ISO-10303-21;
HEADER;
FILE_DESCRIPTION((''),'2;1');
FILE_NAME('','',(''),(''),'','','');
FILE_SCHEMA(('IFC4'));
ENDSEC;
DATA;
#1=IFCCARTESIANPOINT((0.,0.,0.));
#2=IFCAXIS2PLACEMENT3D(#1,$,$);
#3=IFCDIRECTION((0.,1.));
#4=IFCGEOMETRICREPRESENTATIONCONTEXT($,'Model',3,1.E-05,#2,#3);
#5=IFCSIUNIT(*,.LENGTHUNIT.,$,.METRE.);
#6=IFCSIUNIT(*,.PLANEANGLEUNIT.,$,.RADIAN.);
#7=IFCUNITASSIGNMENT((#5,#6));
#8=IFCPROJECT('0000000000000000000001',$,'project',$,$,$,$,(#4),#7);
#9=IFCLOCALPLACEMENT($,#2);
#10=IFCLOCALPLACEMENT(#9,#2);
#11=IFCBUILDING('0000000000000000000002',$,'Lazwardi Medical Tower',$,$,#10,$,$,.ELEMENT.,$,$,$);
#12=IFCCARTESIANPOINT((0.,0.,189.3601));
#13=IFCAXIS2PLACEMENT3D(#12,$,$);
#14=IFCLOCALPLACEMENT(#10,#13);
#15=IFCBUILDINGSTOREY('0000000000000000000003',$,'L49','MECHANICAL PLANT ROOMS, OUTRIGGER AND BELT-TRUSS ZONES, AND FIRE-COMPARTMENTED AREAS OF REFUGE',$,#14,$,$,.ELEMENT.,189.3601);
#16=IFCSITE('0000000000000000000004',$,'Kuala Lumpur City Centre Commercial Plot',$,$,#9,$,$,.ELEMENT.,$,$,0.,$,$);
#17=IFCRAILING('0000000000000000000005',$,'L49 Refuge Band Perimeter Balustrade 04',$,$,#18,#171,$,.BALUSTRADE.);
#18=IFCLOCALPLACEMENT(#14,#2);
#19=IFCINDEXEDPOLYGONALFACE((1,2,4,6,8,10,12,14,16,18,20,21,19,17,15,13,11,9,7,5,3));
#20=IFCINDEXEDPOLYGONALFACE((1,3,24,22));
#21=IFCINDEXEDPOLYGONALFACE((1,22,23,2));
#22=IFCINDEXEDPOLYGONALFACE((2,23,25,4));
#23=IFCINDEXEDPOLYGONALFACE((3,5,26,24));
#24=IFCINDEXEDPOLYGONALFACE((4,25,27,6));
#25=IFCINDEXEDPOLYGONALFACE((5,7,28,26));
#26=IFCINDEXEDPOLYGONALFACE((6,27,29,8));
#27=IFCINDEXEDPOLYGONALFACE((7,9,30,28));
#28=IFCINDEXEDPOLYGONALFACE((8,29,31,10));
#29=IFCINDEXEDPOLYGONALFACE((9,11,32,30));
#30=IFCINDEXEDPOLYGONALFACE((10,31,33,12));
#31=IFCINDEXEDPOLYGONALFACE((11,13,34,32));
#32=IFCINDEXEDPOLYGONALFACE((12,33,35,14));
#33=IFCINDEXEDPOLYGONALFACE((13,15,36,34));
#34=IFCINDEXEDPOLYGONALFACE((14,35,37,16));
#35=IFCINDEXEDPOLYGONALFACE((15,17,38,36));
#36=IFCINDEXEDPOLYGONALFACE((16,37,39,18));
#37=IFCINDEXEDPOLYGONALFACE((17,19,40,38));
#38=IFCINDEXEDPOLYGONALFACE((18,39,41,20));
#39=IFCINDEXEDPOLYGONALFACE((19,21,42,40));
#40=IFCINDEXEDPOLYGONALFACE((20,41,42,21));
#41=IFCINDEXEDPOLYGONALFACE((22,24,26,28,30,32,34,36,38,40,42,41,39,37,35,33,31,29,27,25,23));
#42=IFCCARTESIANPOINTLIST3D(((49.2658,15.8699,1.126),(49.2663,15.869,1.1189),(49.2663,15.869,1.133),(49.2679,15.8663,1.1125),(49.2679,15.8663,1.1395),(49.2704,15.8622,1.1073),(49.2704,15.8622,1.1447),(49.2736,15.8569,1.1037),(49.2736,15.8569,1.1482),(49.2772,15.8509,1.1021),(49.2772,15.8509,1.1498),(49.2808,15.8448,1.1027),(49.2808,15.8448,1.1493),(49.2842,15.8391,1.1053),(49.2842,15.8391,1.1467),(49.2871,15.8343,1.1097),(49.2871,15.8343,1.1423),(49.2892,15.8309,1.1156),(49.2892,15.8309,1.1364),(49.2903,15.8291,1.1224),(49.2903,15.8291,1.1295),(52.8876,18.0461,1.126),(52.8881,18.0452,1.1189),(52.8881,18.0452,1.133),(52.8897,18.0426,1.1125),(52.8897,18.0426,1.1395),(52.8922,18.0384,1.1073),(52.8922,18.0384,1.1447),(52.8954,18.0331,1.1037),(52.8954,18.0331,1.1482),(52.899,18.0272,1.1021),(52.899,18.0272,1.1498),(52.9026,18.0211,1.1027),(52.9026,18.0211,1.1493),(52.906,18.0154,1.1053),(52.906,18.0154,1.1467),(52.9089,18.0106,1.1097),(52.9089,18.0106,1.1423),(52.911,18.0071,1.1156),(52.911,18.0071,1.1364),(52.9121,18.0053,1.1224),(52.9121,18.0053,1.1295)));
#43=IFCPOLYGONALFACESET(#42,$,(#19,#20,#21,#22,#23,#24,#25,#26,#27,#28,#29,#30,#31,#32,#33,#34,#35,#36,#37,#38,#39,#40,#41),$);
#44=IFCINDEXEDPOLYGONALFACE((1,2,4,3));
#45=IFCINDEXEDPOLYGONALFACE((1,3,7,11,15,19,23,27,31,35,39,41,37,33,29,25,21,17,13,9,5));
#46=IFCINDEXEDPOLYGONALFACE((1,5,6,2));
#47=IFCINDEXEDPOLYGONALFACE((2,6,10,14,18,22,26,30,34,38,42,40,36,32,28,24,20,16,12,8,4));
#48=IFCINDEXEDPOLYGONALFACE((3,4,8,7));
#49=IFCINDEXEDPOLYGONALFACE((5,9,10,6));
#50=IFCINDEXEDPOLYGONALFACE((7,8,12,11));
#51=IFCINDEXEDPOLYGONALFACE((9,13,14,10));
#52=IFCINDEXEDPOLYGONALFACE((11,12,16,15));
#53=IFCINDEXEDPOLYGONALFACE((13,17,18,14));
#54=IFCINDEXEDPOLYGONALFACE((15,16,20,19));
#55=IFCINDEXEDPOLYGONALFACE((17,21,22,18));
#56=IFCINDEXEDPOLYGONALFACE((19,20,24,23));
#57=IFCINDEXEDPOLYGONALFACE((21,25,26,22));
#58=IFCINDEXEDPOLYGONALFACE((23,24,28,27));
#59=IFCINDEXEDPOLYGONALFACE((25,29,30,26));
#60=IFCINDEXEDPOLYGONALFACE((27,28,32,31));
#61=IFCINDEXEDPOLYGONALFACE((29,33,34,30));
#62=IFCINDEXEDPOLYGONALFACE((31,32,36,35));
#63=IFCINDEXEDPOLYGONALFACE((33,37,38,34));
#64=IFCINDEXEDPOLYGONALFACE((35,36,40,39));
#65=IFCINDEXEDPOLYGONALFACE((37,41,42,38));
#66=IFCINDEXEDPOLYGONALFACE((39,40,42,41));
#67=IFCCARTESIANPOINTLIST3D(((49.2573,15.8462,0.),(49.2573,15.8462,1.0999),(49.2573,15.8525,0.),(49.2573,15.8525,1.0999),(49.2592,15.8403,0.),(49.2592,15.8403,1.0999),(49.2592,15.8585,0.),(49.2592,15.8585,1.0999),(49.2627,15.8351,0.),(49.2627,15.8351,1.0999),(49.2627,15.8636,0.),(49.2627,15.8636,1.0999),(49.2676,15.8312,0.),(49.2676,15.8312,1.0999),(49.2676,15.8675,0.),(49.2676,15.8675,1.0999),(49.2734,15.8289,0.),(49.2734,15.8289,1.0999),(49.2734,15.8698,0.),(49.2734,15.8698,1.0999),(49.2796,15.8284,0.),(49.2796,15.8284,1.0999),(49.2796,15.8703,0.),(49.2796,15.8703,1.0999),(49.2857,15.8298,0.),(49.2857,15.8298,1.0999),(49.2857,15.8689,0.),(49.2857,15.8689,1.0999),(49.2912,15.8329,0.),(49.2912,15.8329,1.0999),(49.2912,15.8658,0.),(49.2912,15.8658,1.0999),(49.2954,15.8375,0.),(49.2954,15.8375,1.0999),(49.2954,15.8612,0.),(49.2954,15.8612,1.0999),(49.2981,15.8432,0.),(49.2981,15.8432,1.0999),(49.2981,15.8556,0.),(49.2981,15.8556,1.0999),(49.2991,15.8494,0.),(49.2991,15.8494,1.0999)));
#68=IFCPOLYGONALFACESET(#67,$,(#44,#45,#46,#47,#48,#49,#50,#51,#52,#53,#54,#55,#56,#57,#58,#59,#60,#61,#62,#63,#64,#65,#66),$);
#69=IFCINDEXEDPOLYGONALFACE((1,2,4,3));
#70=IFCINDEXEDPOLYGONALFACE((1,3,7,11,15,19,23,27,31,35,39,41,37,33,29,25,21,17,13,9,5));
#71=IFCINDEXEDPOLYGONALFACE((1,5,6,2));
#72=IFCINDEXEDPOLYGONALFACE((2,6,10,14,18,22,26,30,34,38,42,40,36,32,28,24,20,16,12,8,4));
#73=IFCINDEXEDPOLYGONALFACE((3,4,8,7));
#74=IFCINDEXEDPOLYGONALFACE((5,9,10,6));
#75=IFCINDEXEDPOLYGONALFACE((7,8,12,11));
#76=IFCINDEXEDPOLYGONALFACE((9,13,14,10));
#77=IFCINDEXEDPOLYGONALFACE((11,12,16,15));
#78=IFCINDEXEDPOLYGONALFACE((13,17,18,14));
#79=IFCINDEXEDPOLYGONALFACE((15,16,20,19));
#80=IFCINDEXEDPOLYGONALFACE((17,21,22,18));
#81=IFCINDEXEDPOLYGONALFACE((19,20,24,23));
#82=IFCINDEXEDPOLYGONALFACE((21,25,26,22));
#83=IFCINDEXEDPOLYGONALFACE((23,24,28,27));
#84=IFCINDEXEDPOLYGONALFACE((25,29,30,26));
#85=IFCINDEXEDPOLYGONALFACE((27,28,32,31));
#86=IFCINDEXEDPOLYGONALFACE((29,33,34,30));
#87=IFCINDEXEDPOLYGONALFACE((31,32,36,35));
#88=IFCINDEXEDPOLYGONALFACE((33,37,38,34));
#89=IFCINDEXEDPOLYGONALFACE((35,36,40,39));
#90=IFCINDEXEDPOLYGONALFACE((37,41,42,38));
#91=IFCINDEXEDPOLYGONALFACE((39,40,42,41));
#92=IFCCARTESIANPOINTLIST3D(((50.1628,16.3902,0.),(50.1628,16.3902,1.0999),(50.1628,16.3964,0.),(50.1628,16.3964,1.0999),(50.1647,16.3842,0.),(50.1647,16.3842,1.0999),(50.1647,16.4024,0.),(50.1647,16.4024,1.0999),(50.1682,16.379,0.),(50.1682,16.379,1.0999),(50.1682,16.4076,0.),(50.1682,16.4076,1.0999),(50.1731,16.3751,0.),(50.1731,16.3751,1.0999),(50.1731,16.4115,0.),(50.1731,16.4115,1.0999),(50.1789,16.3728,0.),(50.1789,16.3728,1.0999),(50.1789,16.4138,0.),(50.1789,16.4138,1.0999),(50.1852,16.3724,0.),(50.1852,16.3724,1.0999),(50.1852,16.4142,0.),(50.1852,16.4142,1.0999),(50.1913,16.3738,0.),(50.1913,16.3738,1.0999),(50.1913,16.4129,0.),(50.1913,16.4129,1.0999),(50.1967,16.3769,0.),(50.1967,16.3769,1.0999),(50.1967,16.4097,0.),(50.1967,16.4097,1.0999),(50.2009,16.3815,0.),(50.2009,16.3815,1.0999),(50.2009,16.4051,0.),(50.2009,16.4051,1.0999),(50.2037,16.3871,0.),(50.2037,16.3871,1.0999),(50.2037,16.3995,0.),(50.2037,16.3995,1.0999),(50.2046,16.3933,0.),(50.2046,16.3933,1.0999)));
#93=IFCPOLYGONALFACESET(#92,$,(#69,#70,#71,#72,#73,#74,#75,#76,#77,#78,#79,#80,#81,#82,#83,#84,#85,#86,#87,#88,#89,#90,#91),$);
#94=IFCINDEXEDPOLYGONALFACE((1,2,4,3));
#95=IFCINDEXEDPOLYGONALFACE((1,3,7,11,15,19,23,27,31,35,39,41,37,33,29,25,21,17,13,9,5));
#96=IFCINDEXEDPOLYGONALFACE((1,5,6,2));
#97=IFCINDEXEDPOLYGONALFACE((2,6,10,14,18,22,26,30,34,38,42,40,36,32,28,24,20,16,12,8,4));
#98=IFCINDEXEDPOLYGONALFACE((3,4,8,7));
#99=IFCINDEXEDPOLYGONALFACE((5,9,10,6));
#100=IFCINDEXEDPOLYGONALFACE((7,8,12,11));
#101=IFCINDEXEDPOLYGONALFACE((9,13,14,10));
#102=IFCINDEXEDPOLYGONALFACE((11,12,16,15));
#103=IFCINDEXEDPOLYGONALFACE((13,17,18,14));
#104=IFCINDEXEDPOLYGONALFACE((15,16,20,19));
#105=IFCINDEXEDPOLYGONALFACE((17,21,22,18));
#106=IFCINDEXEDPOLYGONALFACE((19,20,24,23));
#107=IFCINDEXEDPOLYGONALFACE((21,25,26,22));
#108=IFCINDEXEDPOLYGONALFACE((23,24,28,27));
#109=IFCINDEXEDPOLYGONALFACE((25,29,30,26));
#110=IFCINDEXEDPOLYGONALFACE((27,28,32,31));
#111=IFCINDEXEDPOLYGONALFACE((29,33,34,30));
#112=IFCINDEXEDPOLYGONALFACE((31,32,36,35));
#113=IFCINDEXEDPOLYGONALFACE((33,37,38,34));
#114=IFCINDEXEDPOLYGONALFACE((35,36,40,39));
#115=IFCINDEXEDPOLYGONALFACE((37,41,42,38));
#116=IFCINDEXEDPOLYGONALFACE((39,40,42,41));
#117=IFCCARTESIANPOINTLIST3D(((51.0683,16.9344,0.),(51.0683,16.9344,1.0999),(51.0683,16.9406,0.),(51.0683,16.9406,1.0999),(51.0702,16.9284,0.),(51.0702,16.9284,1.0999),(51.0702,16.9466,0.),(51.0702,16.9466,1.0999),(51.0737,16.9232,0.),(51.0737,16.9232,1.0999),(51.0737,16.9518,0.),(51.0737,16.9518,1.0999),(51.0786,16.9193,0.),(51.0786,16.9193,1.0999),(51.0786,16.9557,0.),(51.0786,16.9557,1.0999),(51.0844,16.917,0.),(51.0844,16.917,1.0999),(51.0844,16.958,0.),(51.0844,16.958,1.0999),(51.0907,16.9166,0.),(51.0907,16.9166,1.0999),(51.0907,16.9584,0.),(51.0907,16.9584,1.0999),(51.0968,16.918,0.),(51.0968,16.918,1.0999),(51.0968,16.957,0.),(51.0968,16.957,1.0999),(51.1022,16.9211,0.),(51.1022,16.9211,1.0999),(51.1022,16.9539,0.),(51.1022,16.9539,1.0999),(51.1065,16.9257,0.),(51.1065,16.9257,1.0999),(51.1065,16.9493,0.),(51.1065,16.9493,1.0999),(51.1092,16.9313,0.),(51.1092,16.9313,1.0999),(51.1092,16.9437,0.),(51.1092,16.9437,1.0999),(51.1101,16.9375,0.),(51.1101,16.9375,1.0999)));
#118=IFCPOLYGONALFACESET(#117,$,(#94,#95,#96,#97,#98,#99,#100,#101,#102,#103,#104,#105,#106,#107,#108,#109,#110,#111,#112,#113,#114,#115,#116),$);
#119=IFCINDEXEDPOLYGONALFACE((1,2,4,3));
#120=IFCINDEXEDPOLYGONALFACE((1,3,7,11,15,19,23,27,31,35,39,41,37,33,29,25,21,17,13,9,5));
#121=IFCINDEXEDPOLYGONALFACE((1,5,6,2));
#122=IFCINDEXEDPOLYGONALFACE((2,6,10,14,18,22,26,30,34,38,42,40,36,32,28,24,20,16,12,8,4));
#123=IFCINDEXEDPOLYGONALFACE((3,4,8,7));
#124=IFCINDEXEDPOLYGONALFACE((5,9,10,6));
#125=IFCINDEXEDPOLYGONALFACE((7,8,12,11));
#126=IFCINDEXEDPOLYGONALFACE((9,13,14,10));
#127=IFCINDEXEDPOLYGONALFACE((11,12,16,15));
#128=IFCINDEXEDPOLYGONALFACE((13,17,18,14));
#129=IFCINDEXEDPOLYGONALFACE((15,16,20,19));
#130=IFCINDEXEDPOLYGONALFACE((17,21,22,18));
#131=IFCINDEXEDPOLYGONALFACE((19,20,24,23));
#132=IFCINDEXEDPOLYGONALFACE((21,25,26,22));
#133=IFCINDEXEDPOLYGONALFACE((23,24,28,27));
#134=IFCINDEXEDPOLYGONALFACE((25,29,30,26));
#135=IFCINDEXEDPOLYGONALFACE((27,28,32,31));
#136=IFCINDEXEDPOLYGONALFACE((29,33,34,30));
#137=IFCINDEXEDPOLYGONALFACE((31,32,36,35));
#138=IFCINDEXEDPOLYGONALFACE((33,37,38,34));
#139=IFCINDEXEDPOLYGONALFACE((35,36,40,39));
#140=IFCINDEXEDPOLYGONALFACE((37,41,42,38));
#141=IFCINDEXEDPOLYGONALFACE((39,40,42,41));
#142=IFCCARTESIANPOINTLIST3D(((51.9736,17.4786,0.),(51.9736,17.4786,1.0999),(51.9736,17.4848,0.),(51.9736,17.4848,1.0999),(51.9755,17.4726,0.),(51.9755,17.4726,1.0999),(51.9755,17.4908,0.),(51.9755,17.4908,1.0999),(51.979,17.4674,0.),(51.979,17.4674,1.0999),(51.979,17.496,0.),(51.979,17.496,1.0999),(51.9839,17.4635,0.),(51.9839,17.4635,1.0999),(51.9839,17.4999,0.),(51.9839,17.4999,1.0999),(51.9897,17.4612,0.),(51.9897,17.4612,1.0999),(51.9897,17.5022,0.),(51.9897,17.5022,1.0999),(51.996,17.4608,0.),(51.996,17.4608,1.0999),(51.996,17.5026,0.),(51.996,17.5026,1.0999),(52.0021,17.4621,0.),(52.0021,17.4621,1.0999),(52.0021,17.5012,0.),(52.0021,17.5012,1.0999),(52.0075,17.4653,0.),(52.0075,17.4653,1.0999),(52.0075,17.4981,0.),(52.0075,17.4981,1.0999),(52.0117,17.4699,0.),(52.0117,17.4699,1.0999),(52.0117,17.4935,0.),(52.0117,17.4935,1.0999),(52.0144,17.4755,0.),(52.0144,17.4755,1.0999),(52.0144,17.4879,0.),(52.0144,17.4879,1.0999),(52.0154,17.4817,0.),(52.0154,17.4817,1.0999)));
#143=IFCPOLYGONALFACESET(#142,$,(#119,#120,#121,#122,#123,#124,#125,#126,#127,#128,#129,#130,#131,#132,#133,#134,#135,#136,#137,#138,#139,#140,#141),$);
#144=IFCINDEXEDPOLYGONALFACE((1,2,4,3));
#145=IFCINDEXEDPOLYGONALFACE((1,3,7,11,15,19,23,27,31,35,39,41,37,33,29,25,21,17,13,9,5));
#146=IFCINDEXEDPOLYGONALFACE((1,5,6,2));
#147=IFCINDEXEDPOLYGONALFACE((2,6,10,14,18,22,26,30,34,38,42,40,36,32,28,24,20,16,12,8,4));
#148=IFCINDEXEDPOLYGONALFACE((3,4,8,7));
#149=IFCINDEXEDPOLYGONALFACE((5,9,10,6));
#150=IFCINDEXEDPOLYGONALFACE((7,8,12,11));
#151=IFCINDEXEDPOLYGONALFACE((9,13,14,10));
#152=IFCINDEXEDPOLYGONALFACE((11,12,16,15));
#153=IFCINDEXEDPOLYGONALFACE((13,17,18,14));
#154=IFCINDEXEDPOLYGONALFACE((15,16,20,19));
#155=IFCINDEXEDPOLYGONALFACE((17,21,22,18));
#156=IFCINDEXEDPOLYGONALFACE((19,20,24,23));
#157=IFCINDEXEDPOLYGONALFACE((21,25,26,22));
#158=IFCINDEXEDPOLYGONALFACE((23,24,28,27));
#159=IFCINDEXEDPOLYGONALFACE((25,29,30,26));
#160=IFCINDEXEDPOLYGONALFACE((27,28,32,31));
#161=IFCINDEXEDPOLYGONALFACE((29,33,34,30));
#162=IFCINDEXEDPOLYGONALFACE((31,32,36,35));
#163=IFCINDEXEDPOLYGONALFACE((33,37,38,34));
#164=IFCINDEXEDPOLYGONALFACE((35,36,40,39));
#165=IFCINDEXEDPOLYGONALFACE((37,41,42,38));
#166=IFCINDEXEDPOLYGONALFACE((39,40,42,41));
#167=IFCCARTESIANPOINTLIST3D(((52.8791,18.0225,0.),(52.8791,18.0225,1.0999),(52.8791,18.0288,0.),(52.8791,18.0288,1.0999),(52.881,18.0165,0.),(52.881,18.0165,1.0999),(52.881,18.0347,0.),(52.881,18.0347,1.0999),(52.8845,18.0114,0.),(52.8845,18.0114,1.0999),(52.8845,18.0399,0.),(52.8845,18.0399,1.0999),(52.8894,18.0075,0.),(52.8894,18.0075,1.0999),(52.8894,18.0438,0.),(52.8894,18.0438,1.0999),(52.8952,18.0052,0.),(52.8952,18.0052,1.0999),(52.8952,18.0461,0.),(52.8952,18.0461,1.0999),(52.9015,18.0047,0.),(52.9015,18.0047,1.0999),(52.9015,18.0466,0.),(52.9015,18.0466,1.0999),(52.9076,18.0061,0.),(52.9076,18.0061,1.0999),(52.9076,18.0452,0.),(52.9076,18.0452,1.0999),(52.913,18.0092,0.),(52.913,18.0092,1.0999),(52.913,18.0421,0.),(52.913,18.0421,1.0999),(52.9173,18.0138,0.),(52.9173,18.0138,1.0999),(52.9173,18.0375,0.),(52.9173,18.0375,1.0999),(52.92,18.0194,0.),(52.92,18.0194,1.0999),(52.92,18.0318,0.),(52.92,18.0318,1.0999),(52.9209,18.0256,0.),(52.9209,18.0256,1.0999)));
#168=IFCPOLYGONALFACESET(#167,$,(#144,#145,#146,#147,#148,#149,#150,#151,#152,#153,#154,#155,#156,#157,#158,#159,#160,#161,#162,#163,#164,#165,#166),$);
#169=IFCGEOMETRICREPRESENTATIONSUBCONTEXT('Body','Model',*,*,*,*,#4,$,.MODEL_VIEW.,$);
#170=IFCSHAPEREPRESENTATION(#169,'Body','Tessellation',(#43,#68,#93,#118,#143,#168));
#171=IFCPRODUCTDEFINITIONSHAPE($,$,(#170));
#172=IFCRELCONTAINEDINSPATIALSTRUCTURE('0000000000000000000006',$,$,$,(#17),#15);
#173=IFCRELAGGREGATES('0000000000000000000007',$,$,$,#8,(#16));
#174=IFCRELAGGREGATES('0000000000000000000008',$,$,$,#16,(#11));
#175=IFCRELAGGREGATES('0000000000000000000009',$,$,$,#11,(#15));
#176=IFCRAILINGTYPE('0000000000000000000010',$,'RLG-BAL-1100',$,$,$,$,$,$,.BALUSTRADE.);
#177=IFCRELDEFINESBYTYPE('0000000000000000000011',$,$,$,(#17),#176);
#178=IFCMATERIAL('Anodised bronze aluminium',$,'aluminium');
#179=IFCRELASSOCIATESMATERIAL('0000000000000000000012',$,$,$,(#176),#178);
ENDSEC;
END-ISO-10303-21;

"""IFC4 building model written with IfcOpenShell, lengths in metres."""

from ifc_helpers import new_model, si_unit, direction, frame, origin, origin_2d, place, context, subcontext, project, spatial, circle, extrude, material, type_object, element, save


model = new_model("IFC4")

# Units and contexts
model_context = context("Model", 3, precision=1e-05, world=origin(), true_north=direction((0.0, 1.0)))
body_context = subcontext(model_context, "Body", "Model", "MODEL_VIEW")
ifc_project = project(units=[si_unit("LENGTHUNIT", "METRE"), si_unit("PLANEANGLEUNIT", "RADIAN")], contexts=[model_context])

# Site, building, storey
site_placement = place(None, origin())
site = spatial("IfcSite", under=ifc_project, at=site_placement, Name="Kuala Lumpur City Centre Commercial Plot", CompositionType="ELEMENT", RefElevation=0.0)
building_placement = place(site_placement, origin())
building = spatial("IfcBuilding", under=site, at=building_placement, Name="Lazwardi Medical Tower", CompositionType="ELEMENT")
storey_placement = place(building_placement, frame((0.0, 0.0, 189.3601)))
storey = spatial("IfcBuildingStorey", under=building, at=storey_placement, Name="L49", Description="MECHANICAL PLANT ROOMS, OUTRIGGER AND BELT-TRUSS ZONES, AND FIRE-COMPARTMENTED AREAS OF REFUGE", CompositionType="ELEMENT", Elevation=189.3601)

# Railing
ifc_material_1 = material(Name="Anodised bronze aluminium", Category="aluminium")
railing_type = type_object("IfcRailingType", Name="RLG-BAL-1100", PredefinedType="BALUSTRADE", material=ifc_material_1)
railing_1_placement = place(storey_placement, frame((49.2781, 15.8494, 0.0)))
element("IfcRailing", 1, at=railing_1_placement, inside=storey, type_object=railing_type, Name="L49 Refuge Band Perimeter Balustrade 04", PredefinedType="BALUSTRADE", context=body_context, shape_type="SweptSolid", body=[
    extrude(circle(Radius=0.0239, at=origin_2d()), frame((0.0, 0.0, 1.126), z_axis=(0.857161, 0.515048, 0.0), x_axis=(-0.515048, 0.857161, 0.0)), (0.0, 0.0, 1.0), 4.2253),
    extrude(circle(Radius=0.021, at=origin_2d()), origin(), (0.0, 0.0, 1.0), 1.0999),
    extrude(circle(Radius=0.021, at=origin_2d()), frame((0.9055, 0.5439, 0.0)), (0.0, 0.0, 1.0), 1.0999),
    extrude(circle(Radius=0.021, at=origin_2d()), frame((1.811, 1.0881, 0.0)), (0.0, 0.0, 1.0), 1.0999),
    extrude(circle(Radius=0.021, at=origin_2d()), frame((2.7163, 1.6323, 0.0)), (0.0, 0.0, 1.0), 1.0999),
    extrude(circle(Radius=0.021, at=origin_2d()), frame((3.6218, 2.1763, 0.0)), (0.0, 0.0, 1.0), 1.0999),
])

save(model, "model.ifc")
